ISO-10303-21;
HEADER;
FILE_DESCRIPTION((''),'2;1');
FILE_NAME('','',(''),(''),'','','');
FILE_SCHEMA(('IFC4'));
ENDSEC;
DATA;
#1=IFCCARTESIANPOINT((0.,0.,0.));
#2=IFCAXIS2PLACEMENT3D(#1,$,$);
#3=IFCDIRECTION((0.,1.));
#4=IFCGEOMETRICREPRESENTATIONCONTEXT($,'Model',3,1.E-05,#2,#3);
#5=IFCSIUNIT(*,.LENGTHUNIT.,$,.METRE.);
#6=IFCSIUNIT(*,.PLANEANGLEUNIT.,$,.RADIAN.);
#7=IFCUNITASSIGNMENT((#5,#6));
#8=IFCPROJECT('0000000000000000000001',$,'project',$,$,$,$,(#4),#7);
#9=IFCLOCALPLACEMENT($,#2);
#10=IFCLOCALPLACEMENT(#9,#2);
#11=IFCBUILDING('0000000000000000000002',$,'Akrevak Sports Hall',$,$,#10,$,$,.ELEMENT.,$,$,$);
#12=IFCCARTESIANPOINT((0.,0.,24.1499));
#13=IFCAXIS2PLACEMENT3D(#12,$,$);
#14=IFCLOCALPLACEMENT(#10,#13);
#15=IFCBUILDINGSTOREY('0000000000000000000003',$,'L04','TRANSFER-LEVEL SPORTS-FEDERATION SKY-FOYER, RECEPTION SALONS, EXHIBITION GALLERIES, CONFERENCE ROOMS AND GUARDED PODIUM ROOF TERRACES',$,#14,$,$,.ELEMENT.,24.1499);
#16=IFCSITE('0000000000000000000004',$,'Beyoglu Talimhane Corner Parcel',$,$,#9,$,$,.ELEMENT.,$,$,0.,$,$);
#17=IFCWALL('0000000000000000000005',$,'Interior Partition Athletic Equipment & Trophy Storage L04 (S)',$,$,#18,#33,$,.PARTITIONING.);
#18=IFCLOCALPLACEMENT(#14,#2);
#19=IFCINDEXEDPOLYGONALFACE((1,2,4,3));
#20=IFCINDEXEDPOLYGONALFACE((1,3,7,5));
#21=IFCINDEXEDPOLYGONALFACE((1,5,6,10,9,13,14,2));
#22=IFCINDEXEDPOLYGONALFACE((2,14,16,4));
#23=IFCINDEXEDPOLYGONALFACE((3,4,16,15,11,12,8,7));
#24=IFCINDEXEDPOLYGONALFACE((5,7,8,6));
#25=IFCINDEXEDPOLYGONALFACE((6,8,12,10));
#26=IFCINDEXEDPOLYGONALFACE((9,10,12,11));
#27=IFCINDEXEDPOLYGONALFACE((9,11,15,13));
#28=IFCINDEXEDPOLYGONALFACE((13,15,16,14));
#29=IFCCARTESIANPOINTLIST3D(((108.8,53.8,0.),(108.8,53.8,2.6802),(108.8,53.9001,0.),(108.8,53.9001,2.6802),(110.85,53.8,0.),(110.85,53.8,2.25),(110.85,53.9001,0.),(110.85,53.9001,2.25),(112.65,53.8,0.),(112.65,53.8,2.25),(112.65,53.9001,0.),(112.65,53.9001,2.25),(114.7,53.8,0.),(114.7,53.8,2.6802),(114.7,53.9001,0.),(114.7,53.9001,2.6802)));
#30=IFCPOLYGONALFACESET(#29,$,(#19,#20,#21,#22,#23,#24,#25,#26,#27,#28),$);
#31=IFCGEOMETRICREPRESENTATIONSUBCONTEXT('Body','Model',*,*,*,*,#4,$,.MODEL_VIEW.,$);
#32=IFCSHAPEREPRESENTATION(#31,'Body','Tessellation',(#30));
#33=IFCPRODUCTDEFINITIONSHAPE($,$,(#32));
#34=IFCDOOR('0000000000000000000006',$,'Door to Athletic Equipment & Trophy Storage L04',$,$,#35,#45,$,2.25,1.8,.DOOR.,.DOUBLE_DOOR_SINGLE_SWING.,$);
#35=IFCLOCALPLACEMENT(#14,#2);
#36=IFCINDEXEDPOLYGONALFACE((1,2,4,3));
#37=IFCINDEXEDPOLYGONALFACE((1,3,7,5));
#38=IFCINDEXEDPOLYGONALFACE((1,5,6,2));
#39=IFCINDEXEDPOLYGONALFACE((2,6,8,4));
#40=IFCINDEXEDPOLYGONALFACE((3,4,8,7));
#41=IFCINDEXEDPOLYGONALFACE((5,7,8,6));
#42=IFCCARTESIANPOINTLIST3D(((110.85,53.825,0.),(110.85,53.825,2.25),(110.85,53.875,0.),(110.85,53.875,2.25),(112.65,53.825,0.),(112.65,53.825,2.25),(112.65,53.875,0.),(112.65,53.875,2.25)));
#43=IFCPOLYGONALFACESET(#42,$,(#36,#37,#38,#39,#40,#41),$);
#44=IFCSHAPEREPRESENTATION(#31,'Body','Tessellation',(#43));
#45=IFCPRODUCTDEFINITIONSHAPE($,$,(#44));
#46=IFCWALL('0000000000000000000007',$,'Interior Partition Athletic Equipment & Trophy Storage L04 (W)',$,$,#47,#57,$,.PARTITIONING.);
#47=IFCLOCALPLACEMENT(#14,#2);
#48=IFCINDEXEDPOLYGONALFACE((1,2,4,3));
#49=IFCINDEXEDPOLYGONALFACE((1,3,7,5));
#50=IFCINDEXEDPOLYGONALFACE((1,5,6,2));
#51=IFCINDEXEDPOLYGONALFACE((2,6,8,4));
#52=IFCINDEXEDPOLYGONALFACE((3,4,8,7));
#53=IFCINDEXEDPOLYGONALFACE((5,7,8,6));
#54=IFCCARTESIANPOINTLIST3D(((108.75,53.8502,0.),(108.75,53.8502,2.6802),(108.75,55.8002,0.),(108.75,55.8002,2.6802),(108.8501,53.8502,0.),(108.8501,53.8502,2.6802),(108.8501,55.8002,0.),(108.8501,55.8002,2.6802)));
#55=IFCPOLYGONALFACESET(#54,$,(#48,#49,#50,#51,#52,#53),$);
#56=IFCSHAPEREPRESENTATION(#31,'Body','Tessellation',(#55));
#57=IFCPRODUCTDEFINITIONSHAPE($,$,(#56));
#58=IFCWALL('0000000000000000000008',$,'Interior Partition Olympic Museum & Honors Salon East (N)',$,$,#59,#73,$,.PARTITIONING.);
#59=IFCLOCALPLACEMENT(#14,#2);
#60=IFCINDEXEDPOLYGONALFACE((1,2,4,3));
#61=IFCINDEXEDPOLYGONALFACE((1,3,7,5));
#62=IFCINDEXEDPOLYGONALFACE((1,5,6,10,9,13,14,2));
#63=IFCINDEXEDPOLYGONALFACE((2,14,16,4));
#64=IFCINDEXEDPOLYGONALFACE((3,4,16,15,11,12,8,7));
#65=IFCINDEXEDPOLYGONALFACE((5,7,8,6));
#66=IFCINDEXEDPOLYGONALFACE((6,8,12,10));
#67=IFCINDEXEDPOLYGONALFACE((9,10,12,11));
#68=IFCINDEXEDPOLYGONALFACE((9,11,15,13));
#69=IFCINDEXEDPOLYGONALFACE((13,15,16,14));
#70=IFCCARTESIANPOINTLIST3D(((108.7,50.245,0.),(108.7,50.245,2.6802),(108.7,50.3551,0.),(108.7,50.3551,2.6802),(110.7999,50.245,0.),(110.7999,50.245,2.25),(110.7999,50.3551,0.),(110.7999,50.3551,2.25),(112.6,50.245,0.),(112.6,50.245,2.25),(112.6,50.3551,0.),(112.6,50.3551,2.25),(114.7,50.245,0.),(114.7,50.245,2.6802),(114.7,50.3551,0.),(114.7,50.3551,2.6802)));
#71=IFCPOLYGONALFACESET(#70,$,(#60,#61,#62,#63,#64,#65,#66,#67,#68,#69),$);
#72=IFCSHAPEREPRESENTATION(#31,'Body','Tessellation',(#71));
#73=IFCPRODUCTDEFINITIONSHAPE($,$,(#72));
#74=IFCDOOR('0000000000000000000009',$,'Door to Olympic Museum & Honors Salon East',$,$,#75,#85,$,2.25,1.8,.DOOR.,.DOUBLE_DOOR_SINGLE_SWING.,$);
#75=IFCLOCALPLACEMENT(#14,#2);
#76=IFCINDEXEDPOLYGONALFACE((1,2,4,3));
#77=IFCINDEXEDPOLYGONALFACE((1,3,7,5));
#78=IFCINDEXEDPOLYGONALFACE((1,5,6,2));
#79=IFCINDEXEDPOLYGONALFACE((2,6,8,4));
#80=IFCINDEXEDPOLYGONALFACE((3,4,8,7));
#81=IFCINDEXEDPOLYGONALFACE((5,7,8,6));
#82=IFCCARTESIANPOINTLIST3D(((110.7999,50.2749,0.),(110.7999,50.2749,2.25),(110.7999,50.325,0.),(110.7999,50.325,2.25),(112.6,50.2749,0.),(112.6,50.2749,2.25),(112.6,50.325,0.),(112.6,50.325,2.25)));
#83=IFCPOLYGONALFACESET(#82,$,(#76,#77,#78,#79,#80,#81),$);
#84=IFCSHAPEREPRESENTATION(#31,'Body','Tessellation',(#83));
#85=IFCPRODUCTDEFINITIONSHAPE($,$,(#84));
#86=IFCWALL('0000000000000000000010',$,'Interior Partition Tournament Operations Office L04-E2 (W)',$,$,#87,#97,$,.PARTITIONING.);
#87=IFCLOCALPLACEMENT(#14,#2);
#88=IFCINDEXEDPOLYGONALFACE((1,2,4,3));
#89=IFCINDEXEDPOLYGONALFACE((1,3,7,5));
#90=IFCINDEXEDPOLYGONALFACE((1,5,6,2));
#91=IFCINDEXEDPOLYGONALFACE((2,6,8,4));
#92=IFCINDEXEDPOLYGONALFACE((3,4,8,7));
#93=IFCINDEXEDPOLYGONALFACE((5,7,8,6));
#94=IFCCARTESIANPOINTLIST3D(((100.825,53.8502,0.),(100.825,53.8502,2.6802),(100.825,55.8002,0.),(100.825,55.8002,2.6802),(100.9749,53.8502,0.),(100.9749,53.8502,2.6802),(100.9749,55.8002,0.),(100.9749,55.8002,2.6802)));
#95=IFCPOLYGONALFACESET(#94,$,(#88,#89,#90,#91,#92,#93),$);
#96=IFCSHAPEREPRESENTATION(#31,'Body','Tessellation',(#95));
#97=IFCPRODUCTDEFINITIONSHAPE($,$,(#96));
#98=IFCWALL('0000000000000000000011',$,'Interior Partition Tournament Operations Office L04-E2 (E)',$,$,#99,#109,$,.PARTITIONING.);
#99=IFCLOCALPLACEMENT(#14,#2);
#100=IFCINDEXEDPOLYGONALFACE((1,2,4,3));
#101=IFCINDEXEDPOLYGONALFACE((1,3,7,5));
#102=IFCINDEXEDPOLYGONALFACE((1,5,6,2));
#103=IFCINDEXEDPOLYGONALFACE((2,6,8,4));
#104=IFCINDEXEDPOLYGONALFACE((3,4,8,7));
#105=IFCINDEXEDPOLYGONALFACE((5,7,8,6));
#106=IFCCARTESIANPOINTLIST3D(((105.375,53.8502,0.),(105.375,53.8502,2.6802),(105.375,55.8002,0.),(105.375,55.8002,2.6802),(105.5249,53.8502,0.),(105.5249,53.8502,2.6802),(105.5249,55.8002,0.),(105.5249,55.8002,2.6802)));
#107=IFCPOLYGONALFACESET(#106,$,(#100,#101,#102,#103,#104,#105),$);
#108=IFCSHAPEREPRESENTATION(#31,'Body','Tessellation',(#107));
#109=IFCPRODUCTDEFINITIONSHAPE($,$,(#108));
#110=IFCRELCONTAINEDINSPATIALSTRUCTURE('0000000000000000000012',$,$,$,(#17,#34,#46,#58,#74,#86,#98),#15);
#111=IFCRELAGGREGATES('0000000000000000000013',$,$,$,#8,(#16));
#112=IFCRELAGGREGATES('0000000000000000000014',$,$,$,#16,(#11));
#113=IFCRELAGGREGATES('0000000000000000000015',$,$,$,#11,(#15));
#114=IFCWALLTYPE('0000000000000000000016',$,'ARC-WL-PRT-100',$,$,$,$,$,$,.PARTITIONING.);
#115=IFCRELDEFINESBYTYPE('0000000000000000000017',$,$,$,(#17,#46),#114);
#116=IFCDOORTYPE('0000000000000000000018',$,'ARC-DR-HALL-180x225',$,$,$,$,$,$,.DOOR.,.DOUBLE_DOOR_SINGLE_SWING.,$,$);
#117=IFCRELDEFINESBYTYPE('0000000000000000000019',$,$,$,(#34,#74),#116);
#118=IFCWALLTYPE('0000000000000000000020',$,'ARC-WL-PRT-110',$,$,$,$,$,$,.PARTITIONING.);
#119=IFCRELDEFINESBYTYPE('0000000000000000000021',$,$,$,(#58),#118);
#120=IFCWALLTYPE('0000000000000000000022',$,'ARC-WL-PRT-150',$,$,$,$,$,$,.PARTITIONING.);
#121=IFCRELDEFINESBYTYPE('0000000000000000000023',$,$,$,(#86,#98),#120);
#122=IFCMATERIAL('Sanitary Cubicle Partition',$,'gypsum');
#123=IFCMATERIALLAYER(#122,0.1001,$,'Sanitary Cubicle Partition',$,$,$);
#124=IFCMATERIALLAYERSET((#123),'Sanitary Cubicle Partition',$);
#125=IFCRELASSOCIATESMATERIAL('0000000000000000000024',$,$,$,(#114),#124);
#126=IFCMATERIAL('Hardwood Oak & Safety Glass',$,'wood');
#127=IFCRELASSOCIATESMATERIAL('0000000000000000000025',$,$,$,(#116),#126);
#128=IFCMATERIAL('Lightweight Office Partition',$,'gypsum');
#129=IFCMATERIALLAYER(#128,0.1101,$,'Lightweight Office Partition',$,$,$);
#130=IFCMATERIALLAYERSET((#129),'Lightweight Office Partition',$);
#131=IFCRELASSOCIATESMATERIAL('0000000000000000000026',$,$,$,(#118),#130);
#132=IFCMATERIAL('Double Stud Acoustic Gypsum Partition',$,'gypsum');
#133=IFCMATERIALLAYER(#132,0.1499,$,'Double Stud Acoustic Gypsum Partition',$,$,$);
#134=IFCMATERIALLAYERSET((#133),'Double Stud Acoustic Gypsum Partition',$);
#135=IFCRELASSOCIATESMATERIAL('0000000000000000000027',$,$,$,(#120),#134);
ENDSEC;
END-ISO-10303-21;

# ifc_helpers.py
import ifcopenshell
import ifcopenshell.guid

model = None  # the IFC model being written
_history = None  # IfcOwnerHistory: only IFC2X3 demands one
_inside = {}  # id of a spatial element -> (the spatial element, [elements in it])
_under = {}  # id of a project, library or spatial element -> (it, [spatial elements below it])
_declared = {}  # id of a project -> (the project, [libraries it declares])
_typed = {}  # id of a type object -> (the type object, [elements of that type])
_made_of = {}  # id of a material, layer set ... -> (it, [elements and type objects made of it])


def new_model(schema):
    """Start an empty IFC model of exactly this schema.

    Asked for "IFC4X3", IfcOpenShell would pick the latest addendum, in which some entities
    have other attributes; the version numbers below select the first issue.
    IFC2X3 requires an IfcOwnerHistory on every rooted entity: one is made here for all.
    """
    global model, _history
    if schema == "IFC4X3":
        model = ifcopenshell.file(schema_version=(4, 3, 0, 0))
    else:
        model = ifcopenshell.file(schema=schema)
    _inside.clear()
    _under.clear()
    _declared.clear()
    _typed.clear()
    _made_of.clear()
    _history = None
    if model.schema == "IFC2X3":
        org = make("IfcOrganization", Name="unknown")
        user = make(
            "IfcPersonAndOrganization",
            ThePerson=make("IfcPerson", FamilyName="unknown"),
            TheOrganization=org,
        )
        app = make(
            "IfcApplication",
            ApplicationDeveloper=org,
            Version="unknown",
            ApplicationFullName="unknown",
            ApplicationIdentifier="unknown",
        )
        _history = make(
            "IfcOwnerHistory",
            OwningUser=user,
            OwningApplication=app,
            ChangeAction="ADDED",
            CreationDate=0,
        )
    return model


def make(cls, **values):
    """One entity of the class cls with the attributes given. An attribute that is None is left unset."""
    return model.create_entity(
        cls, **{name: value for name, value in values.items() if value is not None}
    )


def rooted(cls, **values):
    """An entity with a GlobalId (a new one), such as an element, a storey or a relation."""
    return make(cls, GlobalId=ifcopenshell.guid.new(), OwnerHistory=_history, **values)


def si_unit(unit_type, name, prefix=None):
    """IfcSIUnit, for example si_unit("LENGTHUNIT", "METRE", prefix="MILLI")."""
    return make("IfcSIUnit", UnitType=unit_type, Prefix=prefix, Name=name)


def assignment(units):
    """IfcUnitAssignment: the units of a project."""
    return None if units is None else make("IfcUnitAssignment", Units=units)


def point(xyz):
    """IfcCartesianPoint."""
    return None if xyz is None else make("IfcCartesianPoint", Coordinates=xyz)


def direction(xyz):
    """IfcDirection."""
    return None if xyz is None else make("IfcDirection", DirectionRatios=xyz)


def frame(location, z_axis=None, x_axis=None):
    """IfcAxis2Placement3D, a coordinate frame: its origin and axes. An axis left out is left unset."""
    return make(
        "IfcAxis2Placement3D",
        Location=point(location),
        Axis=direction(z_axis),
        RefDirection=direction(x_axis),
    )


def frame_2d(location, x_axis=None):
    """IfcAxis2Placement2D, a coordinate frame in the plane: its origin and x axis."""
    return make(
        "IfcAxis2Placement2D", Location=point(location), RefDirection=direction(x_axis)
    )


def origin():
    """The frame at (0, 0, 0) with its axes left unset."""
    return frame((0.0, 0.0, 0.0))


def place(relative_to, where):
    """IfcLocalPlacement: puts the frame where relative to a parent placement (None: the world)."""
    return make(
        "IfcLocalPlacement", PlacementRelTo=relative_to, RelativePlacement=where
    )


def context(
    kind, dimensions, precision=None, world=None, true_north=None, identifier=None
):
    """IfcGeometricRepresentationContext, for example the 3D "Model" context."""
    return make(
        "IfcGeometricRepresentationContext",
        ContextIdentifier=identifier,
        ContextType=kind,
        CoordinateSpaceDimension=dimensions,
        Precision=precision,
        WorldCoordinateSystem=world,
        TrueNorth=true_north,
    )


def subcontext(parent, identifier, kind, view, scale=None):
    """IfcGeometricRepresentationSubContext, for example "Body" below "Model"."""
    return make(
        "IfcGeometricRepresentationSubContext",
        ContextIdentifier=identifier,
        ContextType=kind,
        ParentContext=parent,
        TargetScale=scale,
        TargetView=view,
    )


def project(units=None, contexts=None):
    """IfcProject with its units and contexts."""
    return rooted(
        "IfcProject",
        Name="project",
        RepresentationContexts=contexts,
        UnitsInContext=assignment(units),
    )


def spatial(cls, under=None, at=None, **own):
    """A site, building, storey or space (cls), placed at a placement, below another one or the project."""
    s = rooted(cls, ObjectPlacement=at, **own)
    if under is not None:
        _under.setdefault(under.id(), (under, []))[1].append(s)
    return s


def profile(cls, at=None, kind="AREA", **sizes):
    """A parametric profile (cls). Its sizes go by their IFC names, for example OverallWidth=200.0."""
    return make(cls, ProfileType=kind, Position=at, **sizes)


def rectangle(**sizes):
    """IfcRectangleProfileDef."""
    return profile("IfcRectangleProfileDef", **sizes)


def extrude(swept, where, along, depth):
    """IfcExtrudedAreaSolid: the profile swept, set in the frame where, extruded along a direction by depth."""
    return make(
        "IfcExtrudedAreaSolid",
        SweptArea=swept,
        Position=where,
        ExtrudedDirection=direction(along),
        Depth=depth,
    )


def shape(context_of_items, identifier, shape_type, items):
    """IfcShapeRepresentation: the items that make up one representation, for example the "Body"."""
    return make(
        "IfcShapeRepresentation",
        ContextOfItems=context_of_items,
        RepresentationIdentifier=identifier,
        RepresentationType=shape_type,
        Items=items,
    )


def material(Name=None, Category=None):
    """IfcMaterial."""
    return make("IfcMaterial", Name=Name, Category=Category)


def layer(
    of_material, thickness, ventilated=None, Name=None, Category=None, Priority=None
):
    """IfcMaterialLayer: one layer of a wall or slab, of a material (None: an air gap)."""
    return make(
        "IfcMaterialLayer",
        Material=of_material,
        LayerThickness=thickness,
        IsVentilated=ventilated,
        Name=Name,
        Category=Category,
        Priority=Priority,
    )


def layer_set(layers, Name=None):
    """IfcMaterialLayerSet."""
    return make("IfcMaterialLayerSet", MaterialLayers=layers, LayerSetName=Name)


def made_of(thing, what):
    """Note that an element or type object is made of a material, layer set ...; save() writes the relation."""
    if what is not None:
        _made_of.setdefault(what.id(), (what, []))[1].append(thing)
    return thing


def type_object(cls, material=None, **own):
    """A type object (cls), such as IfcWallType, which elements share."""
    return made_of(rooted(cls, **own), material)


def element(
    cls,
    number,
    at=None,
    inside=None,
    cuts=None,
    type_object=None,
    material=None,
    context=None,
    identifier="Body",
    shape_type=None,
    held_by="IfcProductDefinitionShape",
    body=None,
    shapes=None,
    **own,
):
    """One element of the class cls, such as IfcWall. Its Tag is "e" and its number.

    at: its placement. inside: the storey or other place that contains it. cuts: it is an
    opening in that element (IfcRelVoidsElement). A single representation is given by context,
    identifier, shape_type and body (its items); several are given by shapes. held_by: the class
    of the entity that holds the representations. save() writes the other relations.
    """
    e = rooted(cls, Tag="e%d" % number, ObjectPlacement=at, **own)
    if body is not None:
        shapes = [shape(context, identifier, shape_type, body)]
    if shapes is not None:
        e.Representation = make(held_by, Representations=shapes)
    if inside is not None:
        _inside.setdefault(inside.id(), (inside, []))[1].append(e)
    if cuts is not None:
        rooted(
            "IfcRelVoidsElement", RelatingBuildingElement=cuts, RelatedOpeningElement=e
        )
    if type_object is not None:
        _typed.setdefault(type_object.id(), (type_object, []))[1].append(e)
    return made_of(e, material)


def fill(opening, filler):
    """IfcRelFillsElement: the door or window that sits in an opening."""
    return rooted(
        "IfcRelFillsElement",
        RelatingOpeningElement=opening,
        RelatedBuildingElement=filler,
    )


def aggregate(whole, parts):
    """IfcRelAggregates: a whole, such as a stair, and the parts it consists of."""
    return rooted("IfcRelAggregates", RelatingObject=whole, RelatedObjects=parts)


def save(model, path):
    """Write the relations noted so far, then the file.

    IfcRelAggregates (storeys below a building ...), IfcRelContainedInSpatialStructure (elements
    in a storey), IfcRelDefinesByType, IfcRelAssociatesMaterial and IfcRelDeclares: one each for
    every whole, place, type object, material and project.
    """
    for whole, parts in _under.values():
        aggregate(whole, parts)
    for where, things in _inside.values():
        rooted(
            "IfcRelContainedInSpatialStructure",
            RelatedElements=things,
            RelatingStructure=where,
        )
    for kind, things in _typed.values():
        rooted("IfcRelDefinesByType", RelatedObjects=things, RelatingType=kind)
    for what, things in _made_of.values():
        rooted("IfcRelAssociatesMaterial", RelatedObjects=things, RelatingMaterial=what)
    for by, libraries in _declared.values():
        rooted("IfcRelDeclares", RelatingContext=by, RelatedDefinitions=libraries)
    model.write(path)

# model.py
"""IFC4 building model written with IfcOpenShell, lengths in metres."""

from ifc_helpers import new_model, si_unit, direction, frame, frame_2d, origin, place, context, subcontext, project, spatial, rectangle, extrude, material, layer, layer_set, type_object, element, fill, save


model = new_model("IFC4")

# Units and contexts
model_context = context("Model", 3, precision=1e-05, world=origin(), true_north=direction((0.0, 1.0)))
body_context = subcontext(model_context, "Body", "Model", "MODEL_VIEW")
ifc_project = project(units=[si_unit("LENGTHUNIT", "METRE"), si_unit("PLANEANGLEUNIT", "RADIAN")], contexts=[model_context])

# Site, building, storey
site_placement = place(None, origin())
site = spatial("IfcSite", under=ifc_project, at=site_placement, Name="Beyoglu Talimhane Corner Parcel", CompositionType="ELEMENT", RefElevation=0.0)
building_placement = place(site_placement, origin())
building = spatial("IfcBuilding", under=site, at=building_placement, Name="Akrevak Sports Hall", CompositionType="ELEMENT")
storey_placement = place(building_placement, frame((0.0, 0.0, 24.1499)))
storey = spatial("IfcBuildingStorey", under=building, at=storey_placement, Name="L04", Description="TRANSFER-LEVEL SPORTS-FEDERATION SKY-FOYER, RECEPTION SALONS, EXHIBITION GALLERIES, CONFERENCE ROOMS AND GUARDED PODIUM ROOF TERRACES", CompositionType="ELEMENT", Elevation=24.1499)

# Wall, opening, door
ifc_material_1 = material(Name="Sanitary Cubicle Partition", Category="gypsum")
ifc_layer_1 = layer(ifc_material_1, 0.1001, Name="Sanitary Cubicle Partition")
ifc_layer_set_1 = layer_set([ifc_layer_1], Name="Sanitary Cubicle Partition")
wall_type_1 = type_object("IfcWallType", Name="ARC-WL-PRT-100", PredefinedType="PARTITIONING", material=ifc_layer_set_1)
ifc_material_2 = material(Name="Hardwood Oak & Safety Glass", Category="wood")
wall_1_placement = place(storey_placement, frame((108.8, 53.8501, 0.0), z_axis=(0.0, 0.0, 1.0), x_axis=(1.0, 0.0, 0.0)))
wall_1 = element("IfcWall", 1, at=wall_1_placement, inside=storey, type_object=wall_type_1, Name="Interior Partition Athletic Equipment & Trophy Storage L04 (S)", PredefinedType="PARTITIONING", context=body_context, shape_type="SweptSolid", body=[
    extrude(rectangle(XDim=5.8999, YDim=0.1001, at=frame_2d((2.95, 0.0))), origin(), (0.0, 0.0, 1.0), 2.6802),
])
opening_1_placement = place(wall_1_placement, frame((2.05, 0.0, 0.0)))
opening_1 = element("IfcOpeningElement", 2, at=opening_1_placement, cuts=wall_1, PredefinedType="OPENING", context=body_context, shape_type="SweptSolid", body=[
    extrude(rectangle(XDim=1.8, YDim=2.25, at=frame_2d((0.8999, 1.125))), frame((0.0, 0.062, 0.0), z_axis=(0.0, -1.0, 0.0), x_axis=(1.0, 0.0, 0.0)), (0.0, 0.0, 1.0), 0.124),
])
door_type_1 = type_object("IfcDoorType", Name="ARC-DR-HALL-180x225", OperationType="DOUBLE_DOOR_SINGLE_SWING", PredefinedType="DOOR", material=ifc_material_2)
door_1_placement = place(opening_1_placement, origin())
door_1 = element("IfcDoor", 3, at=door_1_placement, inside=storey, type_object=door_type_1, Name="Door to Athletic Equipment & Trophy Storage L04", OperationType="DOUBLE_DOOR_SINGLE_SWING", OverallHeight=2.25, OverallWidth=1.8, PredefinedType="DOOR", context=body_context, shape_type="SweptSolid", body=[
    extrude(rectangle(XDim=1.8, YDim=2.25, at=frame_2d((0.8999, 1.125))), frame((0.0, 0.0249, 0.0), z_axis=(0.0, -1.0, 0.0), x_axis=(1.0, 0.0, 0.0)), (0.0, 0.0, 1.0), 0.05),
])
fill(opening_1, door_1)

# Wall
wall_2_placement = place(storey_placement, frame((108.8, 53.8501, 0.0), z_axis=(0.0, 0.0, 1.0), x_axis=(0.0, 1.0, 0.0)))
element("IfcWall", 4, at=wall_2_placement, inside=storey, type_object=wall_type_1, Name="Interior Partition Athletic Equipment & Trophy Storage L04 (W)", PredefinedType="PARTITIONING", context=body_context, shape_type="SweptSolid", body=[
    extrude(rectangle(XDim=1.95, YDim=0.1001, at=frame_2d((0.9751, 0.0))), origin(), (0.0, 0.0, 1.0), 2.6802),
])

# Wall, opening, door
ifc_material_3 = material(Name="Lightweight Office Partition", Category="gypsum")
ifc_layer_2 = layer(ifc_material_3, 0.1101, Name="Lightweight Office Partition")
ifc_layer_set_2 = layer_set([ifc_layer_2], Name="Lightweight Office Partition")
wall_type_2 = type_object("IfcWallType", Name="ARC-WL-PRT-110", PredefinedType="PARTITIONING", material=ifc_layer_set_2)
wall_3_placement = place(storey_placement, frame((108.7, 50.3, 0.0), z_axis=(0.0, 0.0, 1.0), x_axis=(1.0, 0.0, 0.0)))
wall_3 = element("IfcWall", 5, at=wall_3_placement, inside=storey, type_object=wall_type_2, Name="Interior Partition Olympic Museum & Honors Salon East (N)", PredefinedType="PARTITIONING", context=body_context, shape_type="SweptSolid", body=[
    extrude(rectangle(XDim=6.0, YDim=0.1101, at=frame_2d((3.0, 0.0))), origin(), (0.0, 0.0, 1.0), 2.6802),
])
opening_2_placement = place(wall_3_placement, frame((2.1001, 0.0, 0.0)))
opening_2 = element("IfcOpeningElement", 6, at=opening_2_placement, cuts=wall_3, PredefinedType="OPENING", context=body_context, shape_type="SweptSolid", body=[
    extrude(rectangle(XDim=1.8, YDim=2.25, at=frame_2d((0.8999, 1.125))), frame((0.0, 0.0669, 0.0), z_axis=(0.0, -1.0, 0.0), x_axis=(1.0, 0.0, 0.0)), (0.0, 0.0, 1.0), 0.134),
])
door_2_placement = place(opening_2_placement, origin())
door_2 = element("IfcDoor", 7, at=door_2_placement, inside=storey, type_object=door_type_1, Name="Door to Olympic Museum & Honors Salon East", OperationType="DOUBLE_DOOR_SINGLE_SWING", OverallHeight=2.25, OverallWidth=1.8, PredefinedType="DOOR", context=body_context, shape_type="SweptSolid", body=[
    extrude(rectangle(XDim=1.8, YDim=2.25, at=frame_2d((0.8999, 1.125))), frame((0.0, 0.0249, 0.0), z_axis=(0.0, -1.0, 0.0), x_axis=(1.0, 0.0, 0.0)), (0.0, 0.0, 1.0), 0.05),
])
fill(opening_2, door_2)
ifc_material_4 = material(Name="Double Stud Acoustic Gypsum Partition", Category="gypsum")
ifc_layer_3 = layer(ifc_material_4, 0.1499, Name="Double Stud Acoustic Gypsum Partition")
ifc_layer_set_3 = layer_set([ifc_layer_3], Name="Double Stud Acoustic Gypsum Partition")
wall_type_3 = type_object("IfcWallType", Name="ARC-WL-PRT-150", PredefinedType="PARTITIONING", material=ifc_layer_set_3)

# Walls
for number, where, z_axis, x_axis, name in (
    (8, (100.8999, 53.8501, 0.0), (0.0, 0.0, 1.0), (0.0, 1.0, 0.0), "Interior Partition Tournament Operations Office L04-E2 (W)"),
    (9, (105.45, 53.8501, 0.0), (0.0, 0.0, 1.0), (0.0, 1.0, 0.0), "Interior Partition Tournament Operations Office L04-E2 (E)"),
):
    element("IfcWall", number, at=place(storey_placement, frame(where, z_axis=z_axis, x_axis=x_axis)), inside=storey, type_object=wall_type_3, Name=name, PredefinedType="PARTITIONING", context=body_context, shape_type="SweptSolid", body=[
        extrude(rectangle(XDim=1.95, YDim=0.1499, at=frame_2d((0.9751, 0.0))), origin(), (0.0, 0.0, 1.0), 2.6802),
    ])

save(model, "model.ifc")
